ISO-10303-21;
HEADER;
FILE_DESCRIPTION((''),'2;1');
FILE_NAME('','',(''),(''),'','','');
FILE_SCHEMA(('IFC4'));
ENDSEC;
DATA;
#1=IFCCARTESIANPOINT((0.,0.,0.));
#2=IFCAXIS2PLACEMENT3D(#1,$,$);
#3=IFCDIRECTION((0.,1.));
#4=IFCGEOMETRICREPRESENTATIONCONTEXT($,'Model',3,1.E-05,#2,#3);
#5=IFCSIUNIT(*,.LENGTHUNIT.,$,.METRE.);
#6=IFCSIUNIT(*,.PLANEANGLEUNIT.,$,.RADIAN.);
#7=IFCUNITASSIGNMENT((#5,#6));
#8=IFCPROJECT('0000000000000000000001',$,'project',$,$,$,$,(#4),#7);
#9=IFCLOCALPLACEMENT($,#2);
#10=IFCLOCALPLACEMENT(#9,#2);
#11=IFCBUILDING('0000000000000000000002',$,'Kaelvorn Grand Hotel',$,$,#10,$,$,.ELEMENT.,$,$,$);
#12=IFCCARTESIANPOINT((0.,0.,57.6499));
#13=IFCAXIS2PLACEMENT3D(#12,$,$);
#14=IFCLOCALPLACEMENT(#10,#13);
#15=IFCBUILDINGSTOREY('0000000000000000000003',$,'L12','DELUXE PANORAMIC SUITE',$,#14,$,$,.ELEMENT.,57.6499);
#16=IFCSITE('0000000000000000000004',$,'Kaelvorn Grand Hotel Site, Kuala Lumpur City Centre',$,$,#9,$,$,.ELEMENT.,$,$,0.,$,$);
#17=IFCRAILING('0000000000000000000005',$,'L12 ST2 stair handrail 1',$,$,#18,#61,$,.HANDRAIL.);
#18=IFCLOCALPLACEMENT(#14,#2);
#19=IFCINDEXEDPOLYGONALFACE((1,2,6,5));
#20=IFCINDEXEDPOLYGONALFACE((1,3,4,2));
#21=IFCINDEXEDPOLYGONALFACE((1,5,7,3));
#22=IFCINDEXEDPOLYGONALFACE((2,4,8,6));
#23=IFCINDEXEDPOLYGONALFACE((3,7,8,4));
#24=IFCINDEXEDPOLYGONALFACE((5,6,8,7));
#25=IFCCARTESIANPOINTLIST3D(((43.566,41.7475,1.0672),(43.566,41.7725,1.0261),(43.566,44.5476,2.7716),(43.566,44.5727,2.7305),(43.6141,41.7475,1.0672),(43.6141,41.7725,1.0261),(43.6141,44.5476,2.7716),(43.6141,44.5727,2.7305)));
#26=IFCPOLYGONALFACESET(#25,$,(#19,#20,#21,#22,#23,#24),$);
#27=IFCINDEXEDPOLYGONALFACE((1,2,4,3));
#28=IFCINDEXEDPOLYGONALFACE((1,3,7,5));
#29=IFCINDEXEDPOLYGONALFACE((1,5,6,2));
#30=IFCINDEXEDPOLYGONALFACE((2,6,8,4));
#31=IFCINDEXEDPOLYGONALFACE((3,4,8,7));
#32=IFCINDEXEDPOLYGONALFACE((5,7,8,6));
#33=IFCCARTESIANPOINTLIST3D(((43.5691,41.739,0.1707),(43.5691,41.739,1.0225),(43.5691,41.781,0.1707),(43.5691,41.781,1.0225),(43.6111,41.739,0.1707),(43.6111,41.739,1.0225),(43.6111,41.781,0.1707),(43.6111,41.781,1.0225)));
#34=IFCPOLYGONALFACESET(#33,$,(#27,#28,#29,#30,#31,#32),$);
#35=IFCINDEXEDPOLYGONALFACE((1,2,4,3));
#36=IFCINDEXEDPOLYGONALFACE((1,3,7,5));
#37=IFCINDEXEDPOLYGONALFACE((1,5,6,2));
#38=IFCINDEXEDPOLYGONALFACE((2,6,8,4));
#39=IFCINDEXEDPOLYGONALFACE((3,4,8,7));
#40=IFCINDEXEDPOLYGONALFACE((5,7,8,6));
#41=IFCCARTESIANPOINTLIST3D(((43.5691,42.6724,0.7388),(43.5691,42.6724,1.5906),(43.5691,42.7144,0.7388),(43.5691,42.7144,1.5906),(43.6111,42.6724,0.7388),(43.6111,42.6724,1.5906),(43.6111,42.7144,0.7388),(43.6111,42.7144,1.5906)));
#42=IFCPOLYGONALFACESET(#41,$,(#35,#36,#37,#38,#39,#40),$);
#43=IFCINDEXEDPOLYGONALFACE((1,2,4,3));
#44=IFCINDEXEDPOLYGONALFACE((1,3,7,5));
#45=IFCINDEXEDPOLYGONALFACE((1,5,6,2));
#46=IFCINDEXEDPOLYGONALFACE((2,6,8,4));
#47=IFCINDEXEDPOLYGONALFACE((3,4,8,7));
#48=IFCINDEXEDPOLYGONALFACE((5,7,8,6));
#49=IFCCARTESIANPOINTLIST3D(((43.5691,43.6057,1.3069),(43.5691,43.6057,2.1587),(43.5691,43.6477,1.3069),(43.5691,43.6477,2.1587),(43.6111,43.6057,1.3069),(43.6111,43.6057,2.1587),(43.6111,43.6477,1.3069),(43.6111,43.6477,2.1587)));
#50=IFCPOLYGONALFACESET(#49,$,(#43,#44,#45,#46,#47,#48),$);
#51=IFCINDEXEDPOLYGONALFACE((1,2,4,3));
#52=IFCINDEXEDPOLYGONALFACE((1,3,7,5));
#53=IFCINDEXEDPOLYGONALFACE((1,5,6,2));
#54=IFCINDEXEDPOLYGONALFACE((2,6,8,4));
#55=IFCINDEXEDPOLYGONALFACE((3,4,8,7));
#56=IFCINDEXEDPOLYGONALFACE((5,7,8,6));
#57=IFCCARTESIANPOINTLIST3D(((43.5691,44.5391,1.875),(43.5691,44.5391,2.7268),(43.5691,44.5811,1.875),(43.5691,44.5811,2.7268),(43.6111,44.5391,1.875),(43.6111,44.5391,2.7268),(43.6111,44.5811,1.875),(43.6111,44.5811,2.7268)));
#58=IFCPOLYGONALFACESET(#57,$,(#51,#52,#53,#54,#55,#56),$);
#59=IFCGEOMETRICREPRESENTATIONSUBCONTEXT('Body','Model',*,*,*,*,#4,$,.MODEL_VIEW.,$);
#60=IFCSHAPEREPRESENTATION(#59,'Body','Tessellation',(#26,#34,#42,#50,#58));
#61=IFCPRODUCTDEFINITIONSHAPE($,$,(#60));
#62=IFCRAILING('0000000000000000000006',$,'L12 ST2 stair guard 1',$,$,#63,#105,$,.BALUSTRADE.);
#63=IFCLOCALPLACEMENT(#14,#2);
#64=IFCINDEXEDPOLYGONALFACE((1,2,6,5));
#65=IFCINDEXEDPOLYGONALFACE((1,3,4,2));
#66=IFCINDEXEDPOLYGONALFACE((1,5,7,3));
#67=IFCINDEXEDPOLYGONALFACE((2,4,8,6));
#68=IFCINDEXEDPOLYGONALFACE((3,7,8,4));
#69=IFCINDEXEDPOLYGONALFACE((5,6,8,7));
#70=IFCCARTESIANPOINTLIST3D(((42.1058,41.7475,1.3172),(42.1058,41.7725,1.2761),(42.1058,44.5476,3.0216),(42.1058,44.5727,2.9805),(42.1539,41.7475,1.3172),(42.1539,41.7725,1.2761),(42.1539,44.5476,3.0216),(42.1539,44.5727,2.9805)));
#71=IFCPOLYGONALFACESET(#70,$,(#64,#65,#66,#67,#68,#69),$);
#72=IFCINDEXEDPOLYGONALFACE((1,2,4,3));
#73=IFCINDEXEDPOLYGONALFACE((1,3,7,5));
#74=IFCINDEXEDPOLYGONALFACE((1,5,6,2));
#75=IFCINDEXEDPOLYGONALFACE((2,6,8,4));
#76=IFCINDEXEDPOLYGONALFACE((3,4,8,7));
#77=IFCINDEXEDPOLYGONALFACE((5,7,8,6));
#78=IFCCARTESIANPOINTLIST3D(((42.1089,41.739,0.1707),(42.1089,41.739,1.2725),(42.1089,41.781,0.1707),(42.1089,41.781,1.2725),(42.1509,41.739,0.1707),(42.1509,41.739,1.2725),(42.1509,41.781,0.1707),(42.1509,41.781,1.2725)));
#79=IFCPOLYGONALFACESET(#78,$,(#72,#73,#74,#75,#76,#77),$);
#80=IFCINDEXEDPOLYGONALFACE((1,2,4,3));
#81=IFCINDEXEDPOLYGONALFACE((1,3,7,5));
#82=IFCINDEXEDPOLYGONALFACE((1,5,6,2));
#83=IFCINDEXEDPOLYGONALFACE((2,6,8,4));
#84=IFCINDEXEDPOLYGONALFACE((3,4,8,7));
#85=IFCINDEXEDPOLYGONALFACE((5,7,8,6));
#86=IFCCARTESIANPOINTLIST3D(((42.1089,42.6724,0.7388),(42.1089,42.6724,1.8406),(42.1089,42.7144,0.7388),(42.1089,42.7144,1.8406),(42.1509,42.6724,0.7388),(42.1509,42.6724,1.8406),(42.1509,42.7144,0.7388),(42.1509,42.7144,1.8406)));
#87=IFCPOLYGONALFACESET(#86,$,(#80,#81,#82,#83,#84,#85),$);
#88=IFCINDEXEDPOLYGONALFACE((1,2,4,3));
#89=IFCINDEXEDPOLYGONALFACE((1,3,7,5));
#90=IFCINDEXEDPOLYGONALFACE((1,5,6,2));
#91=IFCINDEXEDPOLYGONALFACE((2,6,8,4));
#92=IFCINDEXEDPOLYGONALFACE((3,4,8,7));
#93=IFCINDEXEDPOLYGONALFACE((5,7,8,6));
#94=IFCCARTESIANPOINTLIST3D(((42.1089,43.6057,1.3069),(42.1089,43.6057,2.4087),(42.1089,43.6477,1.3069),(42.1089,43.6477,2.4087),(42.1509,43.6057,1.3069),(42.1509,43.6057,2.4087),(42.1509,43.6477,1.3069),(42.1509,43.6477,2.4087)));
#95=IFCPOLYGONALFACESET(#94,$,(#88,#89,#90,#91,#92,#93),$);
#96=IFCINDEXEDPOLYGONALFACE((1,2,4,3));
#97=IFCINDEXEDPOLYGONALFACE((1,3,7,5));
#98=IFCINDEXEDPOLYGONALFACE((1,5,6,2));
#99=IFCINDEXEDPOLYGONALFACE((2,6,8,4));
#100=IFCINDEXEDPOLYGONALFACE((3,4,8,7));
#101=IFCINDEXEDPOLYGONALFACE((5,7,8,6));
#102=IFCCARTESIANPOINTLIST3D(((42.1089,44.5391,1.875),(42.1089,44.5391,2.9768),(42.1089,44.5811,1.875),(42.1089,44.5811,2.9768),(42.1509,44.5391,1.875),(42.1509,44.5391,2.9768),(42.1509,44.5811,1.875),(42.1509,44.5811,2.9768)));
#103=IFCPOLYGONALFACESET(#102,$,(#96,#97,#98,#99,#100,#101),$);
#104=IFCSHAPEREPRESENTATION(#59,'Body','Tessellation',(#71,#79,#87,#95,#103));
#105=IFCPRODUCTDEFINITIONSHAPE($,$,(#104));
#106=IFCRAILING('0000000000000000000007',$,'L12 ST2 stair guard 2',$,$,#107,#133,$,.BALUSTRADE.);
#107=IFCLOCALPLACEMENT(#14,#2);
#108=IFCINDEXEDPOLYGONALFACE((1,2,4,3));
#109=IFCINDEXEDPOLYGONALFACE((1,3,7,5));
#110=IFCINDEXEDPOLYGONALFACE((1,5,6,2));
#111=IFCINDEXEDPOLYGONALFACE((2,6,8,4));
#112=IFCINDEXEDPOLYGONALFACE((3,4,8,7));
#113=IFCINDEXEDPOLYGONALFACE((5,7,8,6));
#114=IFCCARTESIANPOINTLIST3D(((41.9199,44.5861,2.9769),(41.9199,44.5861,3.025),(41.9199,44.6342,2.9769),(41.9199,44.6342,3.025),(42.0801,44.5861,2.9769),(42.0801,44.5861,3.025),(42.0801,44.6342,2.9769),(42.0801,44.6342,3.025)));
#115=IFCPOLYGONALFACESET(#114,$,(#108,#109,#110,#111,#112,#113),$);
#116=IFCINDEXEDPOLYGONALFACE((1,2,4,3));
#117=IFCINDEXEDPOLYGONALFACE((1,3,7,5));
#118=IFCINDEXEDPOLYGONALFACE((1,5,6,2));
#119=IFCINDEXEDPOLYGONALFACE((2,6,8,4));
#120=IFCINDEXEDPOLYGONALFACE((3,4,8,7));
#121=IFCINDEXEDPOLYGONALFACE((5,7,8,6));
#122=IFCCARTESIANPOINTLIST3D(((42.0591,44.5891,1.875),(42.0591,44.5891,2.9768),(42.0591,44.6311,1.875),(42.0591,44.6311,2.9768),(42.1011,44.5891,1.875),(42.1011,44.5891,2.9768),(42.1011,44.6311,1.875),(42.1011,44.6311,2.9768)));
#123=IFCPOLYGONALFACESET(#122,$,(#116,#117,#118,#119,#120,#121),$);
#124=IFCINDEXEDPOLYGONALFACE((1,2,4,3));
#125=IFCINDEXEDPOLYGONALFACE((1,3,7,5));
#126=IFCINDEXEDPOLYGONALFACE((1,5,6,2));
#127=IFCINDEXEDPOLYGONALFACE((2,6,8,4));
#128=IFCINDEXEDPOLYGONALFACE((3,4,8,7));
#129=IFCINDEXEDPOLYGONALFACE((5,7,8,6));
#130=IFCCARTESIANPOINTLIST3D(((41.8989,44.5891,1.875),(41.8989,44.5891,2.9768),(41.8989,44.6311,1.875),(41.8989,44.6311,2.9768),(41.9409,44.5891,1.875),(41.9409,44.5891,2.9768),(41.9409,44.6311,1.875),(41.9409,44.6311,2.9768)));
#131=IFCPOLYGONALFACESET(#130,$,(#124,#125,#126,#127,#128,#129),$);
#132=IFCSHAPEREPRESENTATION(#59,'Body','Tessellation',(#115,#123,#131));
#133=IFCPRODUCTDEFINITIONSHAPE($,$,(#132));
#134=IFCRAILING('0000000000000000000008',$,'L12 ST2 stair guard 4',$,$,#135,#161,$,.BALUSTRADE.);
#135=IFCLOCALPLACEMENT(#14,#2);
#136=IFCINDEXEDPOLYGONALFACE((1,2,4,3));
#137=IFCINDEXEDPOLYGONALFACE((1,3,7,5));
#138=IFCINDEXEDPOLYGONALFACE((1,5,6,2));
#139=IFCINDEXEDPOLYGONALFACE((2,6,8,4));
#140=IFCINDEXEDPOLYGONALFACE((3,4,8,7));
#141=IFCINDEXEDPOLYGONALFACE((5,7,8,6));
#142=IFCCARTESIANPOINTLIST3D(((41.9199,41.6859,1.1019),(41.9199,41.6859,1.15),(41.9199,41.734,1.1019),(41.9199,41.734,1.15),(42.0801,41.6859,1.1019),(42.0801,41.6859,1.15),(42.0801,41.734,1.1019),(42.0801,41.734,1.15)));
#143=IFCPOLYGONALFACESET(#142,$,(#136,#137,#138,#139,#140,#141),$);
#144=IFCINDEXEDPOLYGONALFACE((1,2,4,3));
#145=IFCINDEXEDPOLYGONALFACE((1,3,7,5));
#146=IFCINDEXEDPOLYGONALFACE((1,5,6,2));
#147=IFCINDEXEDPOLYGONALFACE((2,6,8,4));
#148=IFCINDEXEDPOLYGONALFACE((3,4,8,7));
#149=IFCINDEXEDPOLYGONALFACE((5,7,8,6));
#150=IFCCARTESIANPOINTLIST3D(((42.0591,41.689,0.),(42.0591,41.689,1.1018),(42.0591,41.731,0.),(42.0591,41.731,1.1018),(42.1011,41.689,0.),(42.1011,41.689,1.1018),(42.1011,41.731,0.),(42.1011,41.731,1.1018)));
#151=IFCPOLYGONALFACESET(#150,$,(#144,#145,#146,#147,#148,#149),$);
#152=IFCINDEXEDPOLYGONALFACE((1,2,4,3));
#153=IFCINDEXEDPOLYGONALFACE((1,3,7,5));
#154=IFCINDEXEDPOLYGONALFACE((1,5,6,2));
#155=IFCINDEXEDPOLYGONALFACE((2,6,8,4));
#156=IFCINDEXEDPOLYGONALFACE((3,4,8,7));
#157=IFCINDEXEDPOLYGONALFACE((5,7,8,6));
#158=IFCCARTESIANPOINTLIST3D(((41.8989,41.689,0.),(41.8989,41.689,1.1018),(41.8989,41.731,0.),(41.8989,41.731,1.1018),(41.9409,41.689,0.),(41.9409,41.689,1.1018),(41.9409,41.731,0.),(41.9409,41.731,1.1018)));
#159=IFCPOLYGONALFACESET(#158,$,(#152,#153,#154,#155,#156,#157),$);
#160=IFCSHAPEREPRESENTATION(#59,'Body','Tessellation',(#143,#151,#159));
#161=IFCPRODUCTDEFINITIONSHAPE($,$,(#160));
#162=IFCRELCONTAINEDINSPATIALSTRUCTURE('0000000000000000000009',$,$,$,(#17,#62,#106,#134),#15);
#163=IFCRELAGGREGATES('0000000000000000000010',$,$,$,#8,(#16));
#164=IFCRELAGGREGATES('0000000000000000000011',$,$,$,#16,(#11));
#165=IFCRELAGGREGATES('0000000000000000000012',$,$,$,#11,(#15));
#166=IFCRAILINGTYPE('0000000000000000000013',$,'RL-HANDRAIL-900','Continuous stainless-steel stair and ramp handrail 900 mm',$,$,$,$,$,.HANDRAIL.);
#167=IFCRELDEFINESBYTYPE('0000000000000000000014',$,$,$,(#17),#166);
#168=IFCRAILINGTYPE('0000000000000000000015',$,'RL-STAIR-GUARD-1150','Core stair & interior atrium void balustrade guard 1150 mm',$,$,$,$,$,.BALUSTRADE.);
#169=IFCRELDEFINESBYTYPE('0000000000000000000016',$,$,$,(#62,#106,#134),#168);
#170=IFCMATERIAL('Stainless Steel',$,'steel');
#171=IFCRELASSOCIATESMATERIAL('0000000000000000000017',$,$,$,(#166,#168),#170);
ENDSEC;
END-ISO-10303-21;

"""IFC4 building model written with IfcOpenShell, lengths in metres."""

from ifc_helpers import new_model, si_unit, direction, frame, origin, origin_2d, place, context, subcontext, project, spatial, rectangle, extrude, material, type_object, element, save


model = new_model("IFC4")

# Units and contexts
model_context = context("Model", 3, precision=1e-05, world=origin(), true_north=direction((0.0, 1.0)))
body_context = subcontext(model_context, "Body", "Model", "MODEL_VIEW")
ifc_project = project(units=[si_unit("LENGTHUNIT", "METRE"), si_unit("PLANEANGLEUNIT", "RADIAN")], contexts=[model_context])

# Site, building, storey
site_placement = place(None, origin())
site = spatial("IfcSite", under=ifc_project, at=site_placement, Name="Kaelvorn Grand Hotel Site, Kuala Lumpur City Centre", CompositionType="ELEMENT", RefElevation=0.0)
building_placement = place(site_placement, origin())
building = spatial("IfcBuilding", under=site, at=building_placement, Name="Kaelvorn Grand Hotel", CompositionType="ELEMENT")
storey_placement = place(building_placement, frame((0.0, 0.0, 57.6499)))
storey = spatial("IfcBuildingStorey", under=building, at=storey_placement, Name="L12", Description="DELUXE PANORAMIC SUITE", CompositionType="ELEMENT", Elevation=57.6499)

# Shared definitions
ifc_material_1 = material(Name="Stainless Steel", Category="steel")

# Railings
railing_type_1 = type_object("IfcRailingType", Name="RL-HANDRAIL-900", Description="Continuous stainless-steel stair and ramp handrail 900 mm", PredefinedType="HANDRAIL", material=ifc_material_1)
railing_1_placement = place(storey_placement, frame((43.5901, 41.76, 0.1707)))
element("IfcRailing", 1, at=railing_1_placement, inside=storey, type_object=railing_type_1, Name="L12 ST2 stair handrail 1", PredefinedType="HANDRAIL", context=body_context, shape_type="SweptSolid", body=[
    extrude(rectangle(XDim=0.0481, YDim=0.0481, at=origin_2d()), frame((0.0, 0.0, 0.876), z_axis=(0.0, 0.854203, 0.51994), x_axis=(-1.0, 0.0, 0.0)), (0.0, 0.0, 1.0), 3.2781),
    extrude(rectangle(XDim=0.042, YDim=0.042, at=origin_2d()), origin(), (0.0, 0.0, 1.0), 0.8518),
    extrude(rectangle(XDim=0.042, YDim=0.042, at=origin_2d()), frame((0.0, 0.9333, 0.5681)), (0.0, 0.0, 1.0), 0.8518),
    extrude(rectangle(XDim=0.042, YDim=0.042, at=origin_2d()), frame((0.0, 1.8667, 1.1362)), (0.0, 0.0, 1.0), 0.8518),
    extrude(rectangle(XDim=0.042, YDim=0.042, at=origin_2d()), frame((0.0, 2.8, 1.7043)), (0.0, 0.0, 1.0), 0.8518),
])
railing_type_2 = type_object("IfcRailingType", Name="RL-STAIR-GUARD-1150", Description="Core stair & interior atrium void balustrade guard 1150 mm", PredefinedType="BALUSTRADE", material=ifc_material_1)
railing_2_placement = place(storey_placement, frame((42.1299, 41.76, 0.1707)))
element("IfcRailing", 2, at=railing_2_placement, inside=storey, type_object=railing_type_2, Name="L12 ST2 stair guard 1", PredefinedType="BALUSTRADE", context=body_context, shape_type="SweptSolid", body=[
    extrude(rectangle(XDim=0.0481, YDim=0.0481, at=origin_2d()), frame((0.0, 0.0, 1.126), z_axis=(0.0, 0.854203, 0.51994), x_axis=(-1.0, 0.0, 0.0)), (0.0, 0.0, 1.0), 3.2781),
    extrude(rectangle(XDim=0.042, YDim=0.042, at=origin_2d()), origin(), (0.0, 0.0, 1.0), 1.1018),
    extrude(rectangle(XDim=0.042, YDim=0.042, at=origin_2d()), frame((0.0, 0.9333, 0.5681)), (0.0, 0.0, 1.0), 1.1018),
    extrude(rectangle(XDim=0.042, YDim=0.042, at=origin_2d()), frame((0.0, 1.8667, 1.1362)), (0.0, 0.0, 1.0), 1.1018),
    extrude(rectangle(XDim=0.042, YDim=0.042, at=origin_2d()), frame((0.0, 2.8, 1.7043)), (0.0, 0.0, 1.0), 1.1018),
])
for number, where, name in (
    (3, (42.0801, 44.6101, 1.875), "L12 ST2 stair guard 2"),
    (4, (42.0801, 41.71, 0.0), "L12 ST2 stair guard 4"),
):
    element("IfcRailing", number, at=place(storey_placement, frame(where)), inside=storey, type_object=railing_type_2, Name=name, PredefinedType="BALUSTRADE", context=body_context, shape_type="SweptSolid", body=[
        extrude(rectangle(XDim=0.0481, YDim=0.0481, at=origin_2d()), frame((0.0, 0.0, 1.126), z_axis=(-1.0, 0.0, 0.0), x_axis=(0.0, -1.0, 0.0)), (0.0, 0.0, 1.0), 0.1602),
        extrude(rectangle(XDim=0.042, YDim=0.042, at=origin_2d()), origin(), (0.0, 0.0, 1.0), 1.1018),
        extrude(rectangle(XDim=0.042, YDim=0.042, at=origin_2d()), frame((-0.1602, 0.0, 0.0)), (0.0, 0.0, 1.0), 1.1018),
    ])

save(model, "model.ifc")
